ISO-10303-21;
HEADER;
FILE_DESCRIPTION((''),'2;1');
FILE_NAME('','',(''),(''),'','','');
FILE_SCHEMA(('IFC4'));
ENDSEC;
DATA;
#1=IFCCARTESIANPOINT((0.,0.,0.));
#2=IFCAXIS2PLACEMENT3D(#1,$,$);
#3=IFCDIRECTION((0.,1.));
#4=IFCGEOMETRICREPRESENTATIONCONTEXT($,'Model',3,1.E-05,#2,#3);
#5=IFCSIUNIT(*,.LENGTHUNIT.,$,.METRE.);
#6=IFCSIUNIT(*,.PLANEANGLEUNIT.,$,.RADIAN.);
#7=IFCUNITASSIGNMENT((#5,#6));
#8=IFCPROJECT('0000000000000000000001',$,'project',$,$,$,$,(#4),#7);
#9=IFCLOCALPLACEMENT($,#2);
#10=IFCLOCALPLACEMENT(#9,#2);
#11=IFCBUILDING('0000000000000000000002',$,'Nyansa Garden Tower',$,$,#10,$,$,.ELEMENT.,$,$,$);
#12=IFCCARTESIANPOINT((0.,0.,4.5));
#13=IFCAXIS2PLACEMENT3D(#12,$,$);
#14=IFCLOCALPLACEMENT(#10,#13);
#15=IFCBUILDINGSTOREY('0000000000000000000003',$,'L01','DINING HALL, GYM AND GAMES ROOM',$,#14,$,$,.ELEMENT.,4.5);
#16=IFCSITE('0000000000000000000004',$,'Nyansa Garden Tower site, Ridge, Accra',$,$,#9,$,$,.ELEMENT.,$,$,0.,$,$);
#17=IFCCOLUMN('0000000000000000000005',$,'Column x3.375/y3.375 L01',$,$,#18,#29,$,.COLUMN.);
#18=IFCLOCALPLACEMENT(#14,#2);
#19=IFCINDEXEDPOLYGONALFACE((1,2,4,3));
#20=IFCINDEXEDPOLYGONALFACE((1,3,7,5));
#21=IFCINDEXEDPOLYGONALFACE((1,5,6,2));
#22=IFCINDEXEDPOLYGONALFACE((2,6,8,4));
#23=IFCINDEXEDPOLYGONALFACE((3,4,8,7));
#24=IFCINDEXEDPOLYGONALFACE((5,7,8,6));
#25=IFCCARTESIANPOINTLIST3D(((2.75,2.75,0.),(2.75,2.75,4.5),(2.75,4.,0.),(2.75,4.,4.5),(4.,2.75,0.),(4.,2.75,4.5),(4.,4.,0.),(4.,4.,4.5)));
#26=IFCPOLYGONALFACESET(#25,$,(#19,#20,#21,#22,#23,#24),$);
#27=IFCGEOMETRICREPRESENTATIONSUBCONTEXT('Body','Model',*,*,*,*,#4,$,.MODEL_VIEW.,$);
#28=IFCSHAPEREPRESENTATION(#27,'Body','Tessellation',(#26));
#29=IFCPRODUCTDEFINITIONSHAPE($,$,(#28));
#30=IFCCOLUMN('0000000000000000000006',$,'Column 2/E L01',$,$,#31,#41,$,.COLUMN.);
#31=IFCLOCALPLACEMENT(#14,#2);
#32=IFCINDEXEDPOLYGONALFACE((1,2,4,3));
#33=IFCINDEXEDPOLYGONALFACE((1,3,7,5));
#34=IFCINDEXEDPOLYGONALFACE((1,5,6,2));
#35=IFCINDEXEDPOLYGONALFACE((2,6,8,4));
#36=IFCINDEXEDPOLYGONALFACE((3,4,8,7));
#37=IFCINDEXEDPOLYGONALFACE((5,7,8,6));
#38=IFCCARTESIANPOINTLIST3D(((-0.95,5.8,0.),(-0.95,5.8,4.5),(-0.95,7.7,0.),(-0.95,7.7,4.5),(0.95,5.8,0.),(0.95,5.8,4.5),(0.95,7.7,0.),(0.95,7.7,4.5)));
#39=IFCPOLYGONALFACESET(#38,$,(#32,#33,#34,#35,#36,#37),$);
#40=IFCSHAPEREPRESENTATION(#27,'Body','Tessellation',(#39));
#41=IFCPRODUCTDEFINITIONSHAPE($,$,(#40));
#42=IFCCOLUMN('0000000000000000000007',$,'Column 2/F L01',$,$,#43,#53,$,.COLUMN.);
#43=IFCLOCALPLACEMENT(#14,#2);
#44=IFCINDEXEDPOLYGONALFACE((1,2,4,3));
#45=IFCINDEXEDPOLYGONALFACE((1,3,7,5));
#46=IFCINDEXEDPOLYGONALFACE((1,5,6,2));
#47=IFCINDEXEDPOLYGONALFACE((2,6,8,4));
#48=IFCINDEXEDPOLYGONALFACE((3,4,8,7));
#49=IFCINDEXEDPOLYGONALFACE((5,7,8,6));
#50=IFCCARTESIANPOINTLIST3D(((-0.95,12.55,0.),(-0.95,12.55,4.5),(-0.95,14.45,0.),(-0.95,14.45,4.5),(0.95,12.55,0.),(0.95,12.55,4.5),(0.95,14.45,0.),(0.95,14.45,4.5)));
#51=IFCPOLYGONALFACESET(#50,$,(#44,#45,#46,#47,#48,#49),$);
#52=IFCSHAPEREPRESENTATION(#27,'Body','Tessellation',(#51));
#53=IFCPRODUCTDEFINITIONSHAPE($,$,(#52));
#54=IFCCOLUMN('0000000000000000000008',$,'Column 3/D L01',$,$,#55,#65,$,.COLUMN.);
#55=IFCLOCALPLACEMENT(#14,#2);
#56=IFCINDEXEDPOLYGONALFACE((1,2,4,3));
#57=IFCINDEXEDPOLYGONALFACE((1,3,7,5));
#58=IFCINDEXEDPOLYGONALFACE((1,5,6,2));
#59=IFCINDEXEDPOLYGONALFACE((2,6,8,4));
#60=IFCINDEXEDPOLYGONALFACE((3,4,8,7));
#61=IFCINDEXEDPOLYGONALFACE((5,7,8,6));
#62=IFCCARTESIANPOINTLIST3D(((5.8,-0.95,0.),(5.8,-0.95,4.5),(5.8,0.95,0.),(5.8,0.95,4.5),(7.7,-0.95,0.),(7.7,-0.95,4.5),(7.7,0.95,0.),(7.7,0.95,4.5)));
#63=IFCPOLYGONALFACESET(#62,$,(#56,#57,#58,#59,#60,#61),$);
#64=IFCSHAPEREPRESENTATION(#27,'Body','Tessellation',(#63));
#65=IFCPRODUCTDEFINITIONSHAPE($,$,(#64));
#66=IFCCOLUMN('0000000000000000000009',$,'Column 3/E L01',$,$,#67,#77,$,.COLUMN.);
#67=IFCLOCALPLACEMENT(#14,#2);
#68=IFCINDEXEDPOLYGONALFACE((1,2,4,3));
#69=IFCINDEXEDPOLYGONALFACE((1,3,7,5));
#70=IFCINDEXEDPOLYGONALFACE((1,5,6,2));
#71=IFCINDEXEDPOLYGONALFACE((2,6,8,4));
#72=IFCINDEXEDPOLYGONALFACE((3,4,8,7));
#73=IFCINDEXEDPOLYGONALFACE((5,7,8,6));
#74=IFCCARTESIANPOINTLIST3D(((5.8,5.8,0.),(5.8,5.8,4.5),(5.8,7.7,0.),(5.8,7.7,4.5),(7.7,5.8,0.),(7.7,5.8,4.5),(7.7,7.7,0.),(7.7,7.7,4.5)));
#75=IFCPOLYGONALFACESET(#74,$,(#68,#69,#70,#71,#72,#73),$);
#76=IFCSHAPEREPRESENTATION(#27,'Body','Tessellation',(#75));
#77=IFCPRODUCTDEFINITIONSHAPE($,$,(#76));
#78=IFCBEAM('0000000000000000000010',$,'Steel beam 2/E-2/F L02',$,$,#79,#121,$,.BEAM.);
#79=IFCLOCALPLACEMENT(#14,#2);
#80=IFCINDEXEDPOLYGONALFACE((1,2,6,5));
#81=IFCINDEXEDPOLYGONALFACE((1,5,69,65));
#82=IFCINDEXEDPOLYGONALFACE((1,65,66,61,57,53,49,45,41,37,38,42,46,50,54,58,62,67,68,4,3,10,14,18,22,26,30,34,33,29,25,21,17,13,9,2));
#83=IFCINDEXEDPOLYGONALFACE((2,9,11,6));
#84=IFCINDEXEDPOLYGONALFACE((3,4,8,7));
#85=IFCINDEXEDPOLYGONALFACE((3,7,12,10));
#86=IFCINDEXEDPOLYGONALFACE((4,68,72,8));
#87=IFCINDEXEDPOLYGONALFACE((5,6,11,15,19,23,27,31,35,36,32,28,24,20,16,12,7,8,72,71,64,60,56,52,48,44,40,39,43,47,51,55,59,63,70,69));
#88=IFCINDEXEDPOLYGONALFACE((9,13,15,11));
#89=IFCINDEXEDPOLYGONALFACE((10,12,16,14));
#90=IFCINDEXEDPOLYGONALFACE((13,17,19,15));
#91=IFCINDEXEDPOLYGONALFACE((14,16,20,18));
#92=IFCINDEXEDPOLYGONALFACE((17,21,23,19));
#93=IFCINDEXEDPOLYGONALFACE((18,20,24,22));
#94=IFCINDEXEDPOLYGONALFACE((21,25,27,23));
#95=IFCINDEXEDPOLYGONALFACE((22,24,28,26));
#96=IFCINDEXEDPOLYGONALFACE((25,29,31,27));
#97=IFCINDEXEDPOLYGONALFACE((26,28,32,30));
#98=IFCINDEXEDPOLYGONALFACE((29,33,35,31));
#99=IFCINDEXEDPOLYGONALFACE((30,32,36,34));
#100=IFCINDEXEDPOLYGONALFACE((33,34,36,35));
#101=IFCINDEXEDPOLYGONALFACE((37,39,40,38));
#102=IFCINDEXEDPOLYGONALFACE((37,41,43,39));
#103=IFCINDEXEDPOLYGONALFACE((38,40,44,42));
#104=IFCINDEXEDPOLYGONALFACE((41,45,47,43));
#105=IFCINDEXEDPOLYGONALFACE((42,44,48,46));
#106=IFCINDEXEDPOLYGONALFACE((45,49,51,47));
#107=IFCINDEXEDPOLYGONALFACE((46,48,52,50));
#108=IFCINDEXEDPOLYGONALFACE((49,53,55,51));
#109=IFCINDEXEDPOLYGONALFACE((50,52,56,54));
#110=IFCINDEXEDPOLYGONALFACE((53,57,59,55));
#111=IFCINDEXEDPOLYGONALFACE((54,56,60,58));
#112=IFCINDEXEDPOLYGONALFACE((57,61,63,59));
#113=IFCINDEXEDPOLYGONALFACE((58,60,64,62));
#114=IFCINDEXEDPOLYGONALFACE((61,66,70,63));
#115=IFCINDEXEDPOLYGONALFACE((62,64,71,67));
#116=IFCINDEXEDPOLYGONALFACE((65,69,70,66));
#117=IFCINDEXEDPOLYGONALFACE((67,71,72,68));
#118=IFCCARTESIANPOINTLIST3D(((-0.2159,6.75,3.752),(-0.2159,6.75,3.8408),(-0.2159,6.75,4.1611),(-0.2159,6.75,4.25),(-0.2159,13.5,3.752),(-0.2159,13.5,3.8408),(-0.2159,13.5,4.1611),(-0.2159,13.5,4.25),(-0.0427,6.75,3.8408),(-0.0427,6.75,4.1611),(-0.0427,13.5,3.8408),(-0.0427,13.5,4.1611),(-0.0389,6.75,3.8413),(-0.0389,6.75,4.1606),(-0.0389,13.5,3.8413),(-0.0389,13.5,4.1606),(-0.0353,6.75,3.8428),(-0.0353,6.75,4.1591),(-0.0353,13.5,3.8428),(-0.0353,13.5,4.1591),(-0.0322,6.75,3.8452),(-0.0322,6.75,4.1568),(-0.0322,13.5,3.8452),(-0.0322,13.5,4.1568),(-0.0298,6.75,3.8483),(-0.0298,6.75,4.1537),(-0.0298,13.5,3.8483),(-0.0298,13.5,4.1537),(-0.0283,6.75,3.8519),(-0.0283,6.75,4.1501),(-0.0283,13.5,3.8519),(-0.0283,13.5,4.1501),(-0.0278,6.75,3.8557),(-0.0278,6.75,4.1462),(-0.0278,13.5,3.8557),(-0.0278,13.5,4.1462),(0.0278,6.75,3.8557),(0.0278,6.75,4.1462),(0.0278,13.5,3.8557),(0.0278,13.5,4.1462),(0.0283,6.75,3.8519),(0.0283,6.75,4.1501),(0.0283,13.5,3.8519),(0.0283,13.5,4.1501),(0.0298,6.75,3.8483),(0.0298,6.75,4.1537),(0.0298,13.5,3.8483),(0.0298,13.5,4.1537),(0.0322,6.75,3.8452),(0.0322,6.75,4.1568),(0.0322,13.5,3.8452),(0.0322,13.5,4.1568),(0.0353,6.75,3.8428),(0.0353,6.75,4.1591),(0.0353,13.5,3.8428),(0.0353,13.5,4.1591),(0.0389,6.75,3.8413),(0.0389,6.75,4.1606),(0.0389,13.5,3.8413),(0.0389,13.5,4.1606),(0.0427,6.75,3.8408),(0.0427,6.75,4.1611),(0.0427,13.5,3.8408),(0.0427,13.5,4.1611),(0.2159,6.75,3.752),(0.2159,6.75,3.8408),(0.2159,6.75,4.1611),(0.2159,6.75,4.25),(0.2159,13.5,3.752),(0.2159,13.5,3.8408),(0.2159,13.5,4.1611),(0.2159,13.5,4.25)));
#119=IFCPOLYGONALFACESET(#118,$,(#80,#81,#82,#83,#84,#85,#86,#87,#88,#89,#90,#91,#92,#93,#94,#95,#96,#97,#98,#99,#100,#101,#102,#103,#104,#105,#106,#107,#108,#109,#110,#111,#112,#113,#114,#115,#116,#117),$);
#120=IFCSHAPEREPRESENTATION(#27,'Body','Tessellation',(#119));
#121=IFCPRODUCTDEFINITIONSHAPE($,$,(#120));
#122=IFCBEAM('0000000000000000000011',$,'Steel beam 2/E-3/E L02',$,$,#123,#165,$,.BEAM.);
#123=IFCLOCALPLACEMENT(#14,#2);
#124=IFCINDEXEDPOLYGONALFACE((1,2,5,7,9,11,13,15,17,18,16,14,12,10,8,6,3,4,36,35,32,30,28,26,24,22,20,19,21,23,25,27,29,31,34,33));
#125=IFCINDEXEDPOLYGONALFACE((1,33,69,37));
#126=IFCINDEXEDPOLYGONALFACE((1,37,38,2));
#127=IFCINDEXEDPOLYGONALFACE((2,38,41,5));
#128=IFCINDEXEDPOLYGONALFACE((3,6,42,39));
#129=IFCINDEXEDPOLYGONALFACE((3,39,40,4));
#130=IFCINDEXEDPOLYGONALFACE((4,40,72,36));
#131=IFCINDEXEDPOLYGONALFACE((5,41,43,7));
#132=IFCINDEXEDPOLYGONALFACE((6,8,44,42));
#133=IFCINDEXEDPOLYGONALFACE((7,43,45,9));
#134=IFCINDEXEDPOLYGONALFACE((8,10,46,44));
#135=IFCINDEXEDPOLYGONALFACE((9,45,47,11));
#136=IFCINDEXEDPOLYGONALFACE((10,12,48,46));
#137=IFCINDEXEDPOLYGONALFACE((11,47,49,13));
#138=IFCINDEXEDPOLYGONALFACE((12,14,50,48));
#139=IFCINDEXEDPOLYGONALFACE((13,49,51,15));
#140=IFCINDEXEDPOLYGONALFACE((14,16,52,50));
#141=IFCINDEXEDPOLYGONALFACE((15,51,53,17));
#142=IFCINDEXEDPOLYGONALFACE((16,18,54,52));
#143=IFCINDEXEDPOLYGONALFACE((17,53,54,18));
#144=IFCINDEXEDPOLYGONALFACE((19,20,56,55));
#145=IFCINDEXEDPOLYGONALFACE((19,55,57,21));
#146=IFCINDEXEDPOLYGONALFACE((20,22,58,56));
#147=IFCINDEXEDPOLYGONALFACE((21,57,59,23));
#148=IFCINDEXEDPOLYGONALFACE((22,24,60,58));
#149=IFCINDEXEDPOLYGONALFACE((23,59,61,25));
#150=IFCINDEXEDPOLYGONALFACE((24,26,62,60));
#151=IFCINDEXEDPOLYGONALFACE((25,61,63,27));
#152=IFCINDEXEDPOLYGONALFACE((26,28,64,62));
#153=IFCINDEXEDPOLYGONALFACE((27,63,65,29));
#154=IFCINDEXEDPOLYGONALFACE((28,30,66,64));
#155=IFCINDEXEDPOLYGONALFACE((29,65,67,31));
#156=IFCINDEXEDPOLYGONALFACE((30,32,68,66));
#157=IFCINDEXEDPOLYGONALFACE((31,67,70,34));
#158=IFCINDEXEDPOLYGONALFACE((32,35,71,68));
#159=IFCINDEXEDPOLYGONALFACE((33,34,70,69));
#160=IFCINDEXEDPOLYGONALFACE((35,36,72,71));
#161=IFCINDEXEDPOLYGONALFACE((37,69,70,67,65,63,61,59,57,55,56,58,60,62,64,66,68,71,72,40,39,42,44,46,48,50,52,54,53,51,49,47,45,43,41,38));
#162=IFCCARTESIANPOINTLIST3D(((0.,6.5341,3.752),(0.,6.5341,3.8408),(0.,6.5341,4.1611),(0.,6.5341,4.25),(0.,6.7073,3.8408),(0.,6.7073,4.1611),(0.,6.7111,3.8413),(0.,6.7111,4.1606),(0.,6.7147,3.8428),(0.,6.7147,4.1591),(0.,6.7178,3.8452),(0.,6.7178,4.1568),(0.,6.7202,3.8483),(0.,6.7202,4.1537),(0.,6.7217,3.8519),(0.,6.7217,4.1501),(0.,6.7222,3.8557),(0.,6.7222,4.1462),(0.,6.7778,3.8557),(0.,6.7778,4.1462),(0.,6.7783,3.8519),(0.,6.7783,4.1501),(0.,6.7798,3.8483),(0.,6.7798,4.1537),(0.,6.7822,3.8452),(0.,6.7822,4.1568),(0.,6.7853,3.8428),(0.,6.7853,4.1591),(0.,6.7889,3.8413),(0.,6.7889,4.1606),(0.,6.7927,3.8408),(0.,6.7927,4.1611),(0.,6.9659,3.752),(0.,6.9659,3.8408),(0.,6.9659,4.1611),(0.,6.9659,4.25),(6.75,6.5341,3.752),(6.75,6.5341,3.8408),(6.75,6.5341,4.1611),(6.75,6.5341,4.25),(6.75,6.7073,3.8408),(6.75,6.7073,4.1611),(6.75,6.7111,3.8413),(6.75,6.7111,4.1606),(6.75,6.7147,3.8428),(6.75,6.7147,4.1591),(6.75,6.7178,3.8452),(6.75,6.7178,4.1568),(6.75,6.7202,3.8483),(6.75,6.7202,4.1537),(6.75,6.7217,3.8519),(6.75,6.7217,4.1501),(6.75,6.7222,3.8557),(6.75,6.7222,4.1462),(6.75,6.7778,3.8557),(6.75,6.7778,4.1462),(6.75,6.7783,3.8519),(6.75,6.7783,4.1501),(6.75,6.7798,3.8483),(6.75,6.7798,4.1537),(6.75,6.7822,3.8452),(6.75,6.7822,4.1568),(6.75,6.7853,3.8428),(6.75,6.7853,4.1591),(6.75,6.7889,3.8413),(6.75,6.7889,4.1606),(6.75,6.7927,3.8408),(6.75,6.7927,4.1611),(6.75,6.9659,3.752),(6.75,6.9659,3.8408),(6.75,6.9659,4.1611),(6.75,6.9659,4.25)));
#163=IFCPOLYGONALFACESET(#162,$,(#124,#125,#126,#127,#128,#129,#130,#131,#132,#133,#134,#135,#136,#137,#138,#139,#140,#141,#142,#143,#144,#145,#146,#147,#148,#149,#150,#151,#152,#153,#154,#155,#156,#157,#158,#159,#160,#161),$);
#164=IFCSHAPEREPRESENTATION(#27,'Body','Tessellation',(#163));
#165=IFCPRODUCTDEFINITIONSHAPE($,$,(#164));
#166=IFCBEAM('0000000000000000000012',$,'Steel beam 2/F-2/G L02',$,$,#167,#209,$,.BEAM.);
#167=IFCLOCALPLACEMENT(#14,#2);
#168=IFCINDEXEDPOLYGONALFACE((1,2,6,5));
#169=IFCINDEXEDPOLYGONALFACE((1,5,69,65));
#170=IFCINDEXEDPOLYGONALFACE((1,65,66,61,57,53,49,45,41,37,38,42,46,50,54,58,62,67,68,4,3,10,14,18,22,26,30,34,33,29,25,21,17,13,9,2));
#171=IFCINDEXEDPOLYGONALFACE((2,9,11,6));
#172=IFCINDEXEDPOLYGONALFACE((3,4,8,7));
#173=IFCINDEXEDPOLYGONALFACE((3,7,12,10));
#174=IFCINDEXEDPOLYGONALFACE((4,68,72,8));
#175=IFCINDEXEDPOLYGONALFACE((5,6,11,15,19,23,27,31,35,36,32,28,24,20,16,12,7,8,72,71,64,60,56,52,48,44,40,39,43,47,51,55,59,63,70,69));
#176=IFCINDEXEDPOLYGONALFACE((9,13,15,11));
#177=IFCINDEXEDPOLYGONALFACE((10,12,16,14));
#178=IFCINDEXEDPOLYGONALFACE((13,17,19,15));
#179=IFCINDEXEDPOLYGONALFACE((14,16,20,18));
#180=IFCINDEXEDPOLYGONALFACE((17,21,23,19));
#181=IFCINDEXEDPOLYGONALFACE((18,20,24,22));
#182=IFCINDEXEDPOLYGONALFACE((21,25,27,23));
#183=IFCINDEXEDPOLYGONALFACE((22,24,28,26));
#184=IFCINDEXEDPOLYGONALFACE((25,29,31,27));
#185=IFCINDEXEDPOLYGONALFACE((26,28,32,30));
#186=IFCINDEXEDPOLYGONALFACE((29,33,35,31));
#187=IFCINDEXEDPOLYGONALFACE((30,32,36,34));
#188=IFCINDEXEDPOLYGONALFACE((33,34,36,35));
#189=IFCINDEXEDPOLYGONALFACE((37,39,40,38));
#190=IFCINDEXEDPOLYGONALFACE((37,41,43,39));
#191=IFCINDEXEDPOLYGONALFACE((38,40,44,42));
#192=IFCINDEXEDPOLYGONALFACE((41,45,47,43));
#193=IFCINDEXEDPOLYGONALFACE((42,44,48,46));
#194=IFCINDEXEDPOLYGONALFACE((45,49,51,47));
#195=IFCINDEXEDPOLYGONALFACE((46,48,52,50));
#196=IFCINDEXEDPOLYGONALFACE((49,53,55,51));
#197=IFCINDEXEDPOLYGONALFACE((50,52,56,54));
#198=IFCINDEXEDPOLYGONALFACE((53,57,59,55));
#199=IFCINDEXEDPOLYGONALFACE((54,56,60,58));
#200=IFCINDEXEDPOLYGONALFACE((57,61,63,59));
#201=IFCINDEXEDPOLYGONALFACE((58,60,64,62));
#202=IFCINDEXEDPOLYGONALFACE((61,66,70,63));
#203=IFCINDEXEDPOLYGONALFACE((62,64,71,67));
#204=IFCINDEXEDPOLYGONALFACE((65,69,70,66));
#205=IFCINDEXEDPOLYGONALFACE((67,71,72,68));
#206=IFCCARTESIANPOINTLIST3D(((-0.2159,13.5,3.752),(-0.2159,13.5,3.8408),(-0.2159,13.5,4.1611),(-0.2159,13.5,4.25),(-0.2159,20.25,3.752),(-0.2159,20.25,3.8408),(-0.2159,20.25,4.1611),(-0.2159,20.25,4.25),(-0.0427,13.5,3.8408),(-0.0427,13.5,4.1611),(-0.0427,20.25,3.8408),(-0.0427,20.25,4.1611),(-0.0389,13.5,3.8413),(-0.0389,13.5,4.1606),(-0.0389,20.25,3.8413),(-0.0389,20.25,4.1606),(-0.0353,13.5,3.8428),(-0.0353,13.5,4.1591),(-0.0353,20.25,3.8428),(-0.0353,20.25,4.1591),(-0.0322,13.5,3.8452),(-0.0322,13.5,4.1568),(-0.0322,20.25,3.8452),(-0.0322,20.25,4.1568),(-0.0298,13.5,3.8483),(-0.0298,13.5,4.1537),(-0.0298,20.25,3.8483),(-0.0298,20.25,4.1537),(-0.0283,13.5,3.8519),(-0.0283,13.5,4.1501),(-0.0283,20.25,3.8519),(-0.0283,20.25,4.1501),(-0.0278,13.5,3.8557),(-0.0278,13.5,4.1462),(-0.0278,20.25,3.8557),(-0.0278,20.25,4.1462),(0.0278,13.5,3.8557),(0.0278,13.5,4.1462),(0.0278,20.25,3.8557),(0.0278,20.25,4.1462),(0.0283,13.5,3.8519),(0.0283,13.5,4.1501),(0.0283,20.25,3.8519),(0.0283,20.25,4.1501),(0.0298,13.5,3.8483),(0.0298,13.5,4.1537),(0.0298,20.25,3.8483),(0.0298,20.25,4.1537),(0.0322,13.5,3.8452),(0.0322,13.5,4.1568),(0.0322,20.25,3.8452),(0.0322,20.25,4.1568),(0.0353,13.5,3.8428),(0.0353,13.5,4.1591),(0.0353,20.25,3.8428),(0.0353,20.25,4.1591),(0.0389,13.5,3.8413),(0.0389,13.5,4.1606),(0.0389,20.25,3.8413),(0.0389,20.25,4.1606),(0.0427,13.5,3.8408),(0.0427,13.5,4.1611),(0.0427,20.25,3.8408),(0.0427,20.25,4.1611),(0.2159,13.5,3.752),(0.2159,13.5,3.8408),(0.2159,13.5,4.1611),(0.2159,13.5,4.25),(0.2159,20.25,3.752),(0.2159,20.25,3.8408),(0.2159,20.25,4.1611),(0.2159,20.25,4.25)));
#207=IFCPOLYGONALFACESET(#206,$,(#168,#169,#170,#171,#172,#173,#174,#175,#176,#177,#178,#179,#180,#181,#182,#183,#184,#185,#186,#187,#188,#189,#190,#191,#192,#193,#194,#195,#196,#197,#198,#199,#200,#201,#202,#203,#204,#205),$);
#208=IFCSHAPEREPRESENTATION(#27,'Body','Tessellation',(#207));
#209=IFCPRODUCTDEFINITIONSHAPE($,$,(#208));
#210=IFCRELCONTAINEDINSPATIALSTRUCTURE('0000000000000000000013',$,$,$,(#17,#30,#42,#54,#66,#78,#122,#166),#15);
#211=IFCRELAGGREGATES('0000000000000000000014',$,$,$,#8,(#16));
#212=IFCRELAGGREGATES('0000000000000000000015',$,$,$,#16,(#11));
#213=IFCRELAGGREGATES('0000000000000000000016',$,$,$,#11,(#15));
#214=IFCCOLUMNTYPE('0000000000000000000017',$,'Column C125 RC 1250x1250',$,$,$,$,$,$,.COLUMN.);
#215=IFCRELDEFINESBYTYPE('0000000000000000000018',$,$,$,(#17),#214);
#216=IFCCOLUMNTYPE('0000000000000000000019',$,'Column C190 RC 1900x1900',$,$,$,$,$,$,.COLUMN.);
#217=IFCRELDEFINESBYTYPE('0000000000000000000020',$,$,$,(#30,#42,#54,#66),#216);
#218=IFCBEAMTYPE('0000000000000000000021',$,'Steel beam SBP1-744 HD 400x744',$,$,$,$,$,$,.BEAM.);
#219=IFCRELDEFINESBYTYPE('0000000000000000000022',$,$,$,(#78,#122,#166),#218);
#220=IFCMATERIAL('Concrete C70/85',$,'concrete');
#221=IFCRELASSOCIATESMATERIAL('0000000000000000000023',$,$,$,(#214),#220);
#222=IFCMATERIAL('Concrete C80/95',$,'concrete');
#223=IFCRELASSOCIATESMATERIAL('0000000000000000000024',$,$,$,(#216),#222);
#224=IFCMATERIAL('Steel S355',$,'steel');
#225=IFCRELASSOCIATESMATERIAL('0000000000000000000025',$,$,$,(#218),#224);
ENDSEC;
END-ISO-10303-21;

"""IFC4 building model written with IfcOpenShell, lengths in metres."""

from ifc_helpers import new_model, si_unit, direction, frame, origin, origin_2d, place, context, subcontext, project, spatial, rectangle, i_section, extrude, material, material_profile, profile_set, type_object, element, save


model = new_model("IFC4")

# Units and contexts
model_context = context("Model", 3, precision=1e-05, world=origin(), true_north=direction((0.0, 1.0)))
body_context = subcontext(model_context, "Body", "Model", "MODEL_VIEW")
ifc_project = project(units=[si_unit("LENGTHUNIT", "METRE"), si_unit("PLANEANGLEUNIT", "RADIAN")], contexts=[model_context])

# Site, building, storey
site_placement = place(None, origin())
site = spatial("IfcSite", under=ifc_project, at=site_placement, Name="Nyansa Garden Tower site, Ridge, Accra", CompositionType="ELEMENT", RefElevation=0.0)
building_placement = place(site_placement, origin())
building = spatial("IfcBuilding", under=site, at=building_placement, Name="Nyansa Garden Tower", CompositionType="ELEMENT")
storey_placement = place(building_placement, frame((0.0, 0.0, 4.5)))
storey = spatial("IfcBuildingStorey", under=building, at=storey_placement, Name="L01", Description="DINING HALL, GYM AND GAMES ROOM", CompositionType="ELEMENT", Elevation=4.5)

# Columns
ifc_material_1 = material(Name="Concrete C70/85", Category="concrete")
ifc_material_profile_1 = material_profile(ifc_material_1, rectangle(XDim=1.25, YDim=1.25, at=origin_2d()), Name="RC 1250x1250")
ifc_profile_set_1 = profile_set([ifc_material_profile_1], Name="Concrete C70/85")
column_type_1 = type_object("IfcColumnType", Name="Column C125 RC 1250x1250", PredefinedType="COLUMN", material=ifc_profile_set_1)
column_placement = place(storey_placement, frame((3.375, 3.375, 0.0), z_axis=(0.0, 0.0, 1.0), x_axis=(1.0, 0.0, 0.0)))
element("IfcColumn", 1, at=column_placement, inside=storey, type_object=column_type_1, Name="Column x3.375/y3.375 L01", PredefinedType="COLUMN", context=body_context, shape_type="SweptSolid", body=[
    extrude(rectangle(XDim=1.25, YDim=1.25, at=origin_2d()), origin(), (0.0, 0.0, 1.0), 4.5),
])
ifc_material_2 = material(Name="Concrete C80/95", Category="concrete")
ifc_material_profile_2 = material_profile(ifc_material_2, rectangle(XDim=1.8999, YDim=1.8999, at=origin_2d()), Name="RC 1900x1900")
ifc_profile_set_2 = profile_set([ifc_material_profile_2], Name="Concrete C80/95")
column_type_2 = type_object("IfcColumnType", Name="Column C190 RC 1900x1900", PredefinedType="COLUMN", material=ifc_profile_set_2)
for number, where, z_axis, x_axis, name in (
    (2, (0.0, 6.75, 0.0), (0.0, 0.0, 1.0), (1.0, 0.0, 0.0), "Column 2/E L01"),
    (3, (0.0, 13.5, 0.0), (0.0, 0.0, 1.0), (1.0, 0.0, 0.0), "Column 2/F L01"),
    (4, (6.75, 0.0, 0.0), (0.0, 0.0, 1.0), (1.0, 0.0, 0.0), "Column 3/D L01"),
    (5, (6.75, 6.75, 0.0), (0.0, 0.0, 1.0), (1.0, 0.0, 0.0), "Column 3/E L01"),
):
    element("IfcColumn", number, at=place(storey_placement, frame(where, z_axis=z_axis, x_axis=x_axis)), inside=storey, type_object=column_type_2, Name=name, PredefinedType="COLUMN", context=body_context, shape_type="SweptSolid", body=[
        extrude(rectangle(XDim=1.8999, YDim=1.8999, at=origin_2d()), origin(), (0.0, 0.0, 1.0), 4.5),
    ])

# Beams
ifc_material_3 = material(Name="Steel S355", Category="steel")
ifc_material_profile_3 = material_profile(ifc_material_3, i_section(OverallWidth=0.4319, OverallDepth=0.498, WebThickness=0.0557, FlangeThickness=0.0889, FilletRadius=0.0149, at=origin_2d()), Name="HD 400x744")
ifc_profile_set_3 = profile_set([ifc_material_profile_3], Name="Steel S355")
beam_type = type_object("IfcBeamType", Name="Steel beam SBP1-744 HD 400x744", PredefinedType="BEAM", material=ifc_profile_set_3)
for number, where, z_axis, x_axis, name in (
    (6, (0.0, 6.75, 4.001), (0.0, 1.0, 0.0), (-1.0, 0.0, 0.0), "Steel beam 2/E-2/F L02"),
    (7, (0.0, 6.75, 4.001), (1.0, 0.0, 0.0), (0.0, 1.0, 0.0), "Steel beam 2/E-3/E L02"),
    (8, (0.0, 13.5, 4.001), (0.0, 1.0, 0.0), (-1.0, 0.0, 0.0), "Steel beam 2/F-2/G L02"),
):
    element("IfcBeam", number, at=place(storey_placement, frame(where, z_axis=z_axis, x_axis=x_axis)), inside=storey, type_object=beam_type, Name=name, PredefinedType="BEAM", context=body_context, shape_type="SweptSolid", body=[
        extrude(i_section(OverallWidth=0.4319, OverallDepth=0.498, WebThickness=0.0557, FlangeThickness=0.0889, FilletRadius=0.0149, at=origin_2d()), origin(), (0.0, 0.0, 1.0), 6.75),
    ])

save(model, "model.ifc")
